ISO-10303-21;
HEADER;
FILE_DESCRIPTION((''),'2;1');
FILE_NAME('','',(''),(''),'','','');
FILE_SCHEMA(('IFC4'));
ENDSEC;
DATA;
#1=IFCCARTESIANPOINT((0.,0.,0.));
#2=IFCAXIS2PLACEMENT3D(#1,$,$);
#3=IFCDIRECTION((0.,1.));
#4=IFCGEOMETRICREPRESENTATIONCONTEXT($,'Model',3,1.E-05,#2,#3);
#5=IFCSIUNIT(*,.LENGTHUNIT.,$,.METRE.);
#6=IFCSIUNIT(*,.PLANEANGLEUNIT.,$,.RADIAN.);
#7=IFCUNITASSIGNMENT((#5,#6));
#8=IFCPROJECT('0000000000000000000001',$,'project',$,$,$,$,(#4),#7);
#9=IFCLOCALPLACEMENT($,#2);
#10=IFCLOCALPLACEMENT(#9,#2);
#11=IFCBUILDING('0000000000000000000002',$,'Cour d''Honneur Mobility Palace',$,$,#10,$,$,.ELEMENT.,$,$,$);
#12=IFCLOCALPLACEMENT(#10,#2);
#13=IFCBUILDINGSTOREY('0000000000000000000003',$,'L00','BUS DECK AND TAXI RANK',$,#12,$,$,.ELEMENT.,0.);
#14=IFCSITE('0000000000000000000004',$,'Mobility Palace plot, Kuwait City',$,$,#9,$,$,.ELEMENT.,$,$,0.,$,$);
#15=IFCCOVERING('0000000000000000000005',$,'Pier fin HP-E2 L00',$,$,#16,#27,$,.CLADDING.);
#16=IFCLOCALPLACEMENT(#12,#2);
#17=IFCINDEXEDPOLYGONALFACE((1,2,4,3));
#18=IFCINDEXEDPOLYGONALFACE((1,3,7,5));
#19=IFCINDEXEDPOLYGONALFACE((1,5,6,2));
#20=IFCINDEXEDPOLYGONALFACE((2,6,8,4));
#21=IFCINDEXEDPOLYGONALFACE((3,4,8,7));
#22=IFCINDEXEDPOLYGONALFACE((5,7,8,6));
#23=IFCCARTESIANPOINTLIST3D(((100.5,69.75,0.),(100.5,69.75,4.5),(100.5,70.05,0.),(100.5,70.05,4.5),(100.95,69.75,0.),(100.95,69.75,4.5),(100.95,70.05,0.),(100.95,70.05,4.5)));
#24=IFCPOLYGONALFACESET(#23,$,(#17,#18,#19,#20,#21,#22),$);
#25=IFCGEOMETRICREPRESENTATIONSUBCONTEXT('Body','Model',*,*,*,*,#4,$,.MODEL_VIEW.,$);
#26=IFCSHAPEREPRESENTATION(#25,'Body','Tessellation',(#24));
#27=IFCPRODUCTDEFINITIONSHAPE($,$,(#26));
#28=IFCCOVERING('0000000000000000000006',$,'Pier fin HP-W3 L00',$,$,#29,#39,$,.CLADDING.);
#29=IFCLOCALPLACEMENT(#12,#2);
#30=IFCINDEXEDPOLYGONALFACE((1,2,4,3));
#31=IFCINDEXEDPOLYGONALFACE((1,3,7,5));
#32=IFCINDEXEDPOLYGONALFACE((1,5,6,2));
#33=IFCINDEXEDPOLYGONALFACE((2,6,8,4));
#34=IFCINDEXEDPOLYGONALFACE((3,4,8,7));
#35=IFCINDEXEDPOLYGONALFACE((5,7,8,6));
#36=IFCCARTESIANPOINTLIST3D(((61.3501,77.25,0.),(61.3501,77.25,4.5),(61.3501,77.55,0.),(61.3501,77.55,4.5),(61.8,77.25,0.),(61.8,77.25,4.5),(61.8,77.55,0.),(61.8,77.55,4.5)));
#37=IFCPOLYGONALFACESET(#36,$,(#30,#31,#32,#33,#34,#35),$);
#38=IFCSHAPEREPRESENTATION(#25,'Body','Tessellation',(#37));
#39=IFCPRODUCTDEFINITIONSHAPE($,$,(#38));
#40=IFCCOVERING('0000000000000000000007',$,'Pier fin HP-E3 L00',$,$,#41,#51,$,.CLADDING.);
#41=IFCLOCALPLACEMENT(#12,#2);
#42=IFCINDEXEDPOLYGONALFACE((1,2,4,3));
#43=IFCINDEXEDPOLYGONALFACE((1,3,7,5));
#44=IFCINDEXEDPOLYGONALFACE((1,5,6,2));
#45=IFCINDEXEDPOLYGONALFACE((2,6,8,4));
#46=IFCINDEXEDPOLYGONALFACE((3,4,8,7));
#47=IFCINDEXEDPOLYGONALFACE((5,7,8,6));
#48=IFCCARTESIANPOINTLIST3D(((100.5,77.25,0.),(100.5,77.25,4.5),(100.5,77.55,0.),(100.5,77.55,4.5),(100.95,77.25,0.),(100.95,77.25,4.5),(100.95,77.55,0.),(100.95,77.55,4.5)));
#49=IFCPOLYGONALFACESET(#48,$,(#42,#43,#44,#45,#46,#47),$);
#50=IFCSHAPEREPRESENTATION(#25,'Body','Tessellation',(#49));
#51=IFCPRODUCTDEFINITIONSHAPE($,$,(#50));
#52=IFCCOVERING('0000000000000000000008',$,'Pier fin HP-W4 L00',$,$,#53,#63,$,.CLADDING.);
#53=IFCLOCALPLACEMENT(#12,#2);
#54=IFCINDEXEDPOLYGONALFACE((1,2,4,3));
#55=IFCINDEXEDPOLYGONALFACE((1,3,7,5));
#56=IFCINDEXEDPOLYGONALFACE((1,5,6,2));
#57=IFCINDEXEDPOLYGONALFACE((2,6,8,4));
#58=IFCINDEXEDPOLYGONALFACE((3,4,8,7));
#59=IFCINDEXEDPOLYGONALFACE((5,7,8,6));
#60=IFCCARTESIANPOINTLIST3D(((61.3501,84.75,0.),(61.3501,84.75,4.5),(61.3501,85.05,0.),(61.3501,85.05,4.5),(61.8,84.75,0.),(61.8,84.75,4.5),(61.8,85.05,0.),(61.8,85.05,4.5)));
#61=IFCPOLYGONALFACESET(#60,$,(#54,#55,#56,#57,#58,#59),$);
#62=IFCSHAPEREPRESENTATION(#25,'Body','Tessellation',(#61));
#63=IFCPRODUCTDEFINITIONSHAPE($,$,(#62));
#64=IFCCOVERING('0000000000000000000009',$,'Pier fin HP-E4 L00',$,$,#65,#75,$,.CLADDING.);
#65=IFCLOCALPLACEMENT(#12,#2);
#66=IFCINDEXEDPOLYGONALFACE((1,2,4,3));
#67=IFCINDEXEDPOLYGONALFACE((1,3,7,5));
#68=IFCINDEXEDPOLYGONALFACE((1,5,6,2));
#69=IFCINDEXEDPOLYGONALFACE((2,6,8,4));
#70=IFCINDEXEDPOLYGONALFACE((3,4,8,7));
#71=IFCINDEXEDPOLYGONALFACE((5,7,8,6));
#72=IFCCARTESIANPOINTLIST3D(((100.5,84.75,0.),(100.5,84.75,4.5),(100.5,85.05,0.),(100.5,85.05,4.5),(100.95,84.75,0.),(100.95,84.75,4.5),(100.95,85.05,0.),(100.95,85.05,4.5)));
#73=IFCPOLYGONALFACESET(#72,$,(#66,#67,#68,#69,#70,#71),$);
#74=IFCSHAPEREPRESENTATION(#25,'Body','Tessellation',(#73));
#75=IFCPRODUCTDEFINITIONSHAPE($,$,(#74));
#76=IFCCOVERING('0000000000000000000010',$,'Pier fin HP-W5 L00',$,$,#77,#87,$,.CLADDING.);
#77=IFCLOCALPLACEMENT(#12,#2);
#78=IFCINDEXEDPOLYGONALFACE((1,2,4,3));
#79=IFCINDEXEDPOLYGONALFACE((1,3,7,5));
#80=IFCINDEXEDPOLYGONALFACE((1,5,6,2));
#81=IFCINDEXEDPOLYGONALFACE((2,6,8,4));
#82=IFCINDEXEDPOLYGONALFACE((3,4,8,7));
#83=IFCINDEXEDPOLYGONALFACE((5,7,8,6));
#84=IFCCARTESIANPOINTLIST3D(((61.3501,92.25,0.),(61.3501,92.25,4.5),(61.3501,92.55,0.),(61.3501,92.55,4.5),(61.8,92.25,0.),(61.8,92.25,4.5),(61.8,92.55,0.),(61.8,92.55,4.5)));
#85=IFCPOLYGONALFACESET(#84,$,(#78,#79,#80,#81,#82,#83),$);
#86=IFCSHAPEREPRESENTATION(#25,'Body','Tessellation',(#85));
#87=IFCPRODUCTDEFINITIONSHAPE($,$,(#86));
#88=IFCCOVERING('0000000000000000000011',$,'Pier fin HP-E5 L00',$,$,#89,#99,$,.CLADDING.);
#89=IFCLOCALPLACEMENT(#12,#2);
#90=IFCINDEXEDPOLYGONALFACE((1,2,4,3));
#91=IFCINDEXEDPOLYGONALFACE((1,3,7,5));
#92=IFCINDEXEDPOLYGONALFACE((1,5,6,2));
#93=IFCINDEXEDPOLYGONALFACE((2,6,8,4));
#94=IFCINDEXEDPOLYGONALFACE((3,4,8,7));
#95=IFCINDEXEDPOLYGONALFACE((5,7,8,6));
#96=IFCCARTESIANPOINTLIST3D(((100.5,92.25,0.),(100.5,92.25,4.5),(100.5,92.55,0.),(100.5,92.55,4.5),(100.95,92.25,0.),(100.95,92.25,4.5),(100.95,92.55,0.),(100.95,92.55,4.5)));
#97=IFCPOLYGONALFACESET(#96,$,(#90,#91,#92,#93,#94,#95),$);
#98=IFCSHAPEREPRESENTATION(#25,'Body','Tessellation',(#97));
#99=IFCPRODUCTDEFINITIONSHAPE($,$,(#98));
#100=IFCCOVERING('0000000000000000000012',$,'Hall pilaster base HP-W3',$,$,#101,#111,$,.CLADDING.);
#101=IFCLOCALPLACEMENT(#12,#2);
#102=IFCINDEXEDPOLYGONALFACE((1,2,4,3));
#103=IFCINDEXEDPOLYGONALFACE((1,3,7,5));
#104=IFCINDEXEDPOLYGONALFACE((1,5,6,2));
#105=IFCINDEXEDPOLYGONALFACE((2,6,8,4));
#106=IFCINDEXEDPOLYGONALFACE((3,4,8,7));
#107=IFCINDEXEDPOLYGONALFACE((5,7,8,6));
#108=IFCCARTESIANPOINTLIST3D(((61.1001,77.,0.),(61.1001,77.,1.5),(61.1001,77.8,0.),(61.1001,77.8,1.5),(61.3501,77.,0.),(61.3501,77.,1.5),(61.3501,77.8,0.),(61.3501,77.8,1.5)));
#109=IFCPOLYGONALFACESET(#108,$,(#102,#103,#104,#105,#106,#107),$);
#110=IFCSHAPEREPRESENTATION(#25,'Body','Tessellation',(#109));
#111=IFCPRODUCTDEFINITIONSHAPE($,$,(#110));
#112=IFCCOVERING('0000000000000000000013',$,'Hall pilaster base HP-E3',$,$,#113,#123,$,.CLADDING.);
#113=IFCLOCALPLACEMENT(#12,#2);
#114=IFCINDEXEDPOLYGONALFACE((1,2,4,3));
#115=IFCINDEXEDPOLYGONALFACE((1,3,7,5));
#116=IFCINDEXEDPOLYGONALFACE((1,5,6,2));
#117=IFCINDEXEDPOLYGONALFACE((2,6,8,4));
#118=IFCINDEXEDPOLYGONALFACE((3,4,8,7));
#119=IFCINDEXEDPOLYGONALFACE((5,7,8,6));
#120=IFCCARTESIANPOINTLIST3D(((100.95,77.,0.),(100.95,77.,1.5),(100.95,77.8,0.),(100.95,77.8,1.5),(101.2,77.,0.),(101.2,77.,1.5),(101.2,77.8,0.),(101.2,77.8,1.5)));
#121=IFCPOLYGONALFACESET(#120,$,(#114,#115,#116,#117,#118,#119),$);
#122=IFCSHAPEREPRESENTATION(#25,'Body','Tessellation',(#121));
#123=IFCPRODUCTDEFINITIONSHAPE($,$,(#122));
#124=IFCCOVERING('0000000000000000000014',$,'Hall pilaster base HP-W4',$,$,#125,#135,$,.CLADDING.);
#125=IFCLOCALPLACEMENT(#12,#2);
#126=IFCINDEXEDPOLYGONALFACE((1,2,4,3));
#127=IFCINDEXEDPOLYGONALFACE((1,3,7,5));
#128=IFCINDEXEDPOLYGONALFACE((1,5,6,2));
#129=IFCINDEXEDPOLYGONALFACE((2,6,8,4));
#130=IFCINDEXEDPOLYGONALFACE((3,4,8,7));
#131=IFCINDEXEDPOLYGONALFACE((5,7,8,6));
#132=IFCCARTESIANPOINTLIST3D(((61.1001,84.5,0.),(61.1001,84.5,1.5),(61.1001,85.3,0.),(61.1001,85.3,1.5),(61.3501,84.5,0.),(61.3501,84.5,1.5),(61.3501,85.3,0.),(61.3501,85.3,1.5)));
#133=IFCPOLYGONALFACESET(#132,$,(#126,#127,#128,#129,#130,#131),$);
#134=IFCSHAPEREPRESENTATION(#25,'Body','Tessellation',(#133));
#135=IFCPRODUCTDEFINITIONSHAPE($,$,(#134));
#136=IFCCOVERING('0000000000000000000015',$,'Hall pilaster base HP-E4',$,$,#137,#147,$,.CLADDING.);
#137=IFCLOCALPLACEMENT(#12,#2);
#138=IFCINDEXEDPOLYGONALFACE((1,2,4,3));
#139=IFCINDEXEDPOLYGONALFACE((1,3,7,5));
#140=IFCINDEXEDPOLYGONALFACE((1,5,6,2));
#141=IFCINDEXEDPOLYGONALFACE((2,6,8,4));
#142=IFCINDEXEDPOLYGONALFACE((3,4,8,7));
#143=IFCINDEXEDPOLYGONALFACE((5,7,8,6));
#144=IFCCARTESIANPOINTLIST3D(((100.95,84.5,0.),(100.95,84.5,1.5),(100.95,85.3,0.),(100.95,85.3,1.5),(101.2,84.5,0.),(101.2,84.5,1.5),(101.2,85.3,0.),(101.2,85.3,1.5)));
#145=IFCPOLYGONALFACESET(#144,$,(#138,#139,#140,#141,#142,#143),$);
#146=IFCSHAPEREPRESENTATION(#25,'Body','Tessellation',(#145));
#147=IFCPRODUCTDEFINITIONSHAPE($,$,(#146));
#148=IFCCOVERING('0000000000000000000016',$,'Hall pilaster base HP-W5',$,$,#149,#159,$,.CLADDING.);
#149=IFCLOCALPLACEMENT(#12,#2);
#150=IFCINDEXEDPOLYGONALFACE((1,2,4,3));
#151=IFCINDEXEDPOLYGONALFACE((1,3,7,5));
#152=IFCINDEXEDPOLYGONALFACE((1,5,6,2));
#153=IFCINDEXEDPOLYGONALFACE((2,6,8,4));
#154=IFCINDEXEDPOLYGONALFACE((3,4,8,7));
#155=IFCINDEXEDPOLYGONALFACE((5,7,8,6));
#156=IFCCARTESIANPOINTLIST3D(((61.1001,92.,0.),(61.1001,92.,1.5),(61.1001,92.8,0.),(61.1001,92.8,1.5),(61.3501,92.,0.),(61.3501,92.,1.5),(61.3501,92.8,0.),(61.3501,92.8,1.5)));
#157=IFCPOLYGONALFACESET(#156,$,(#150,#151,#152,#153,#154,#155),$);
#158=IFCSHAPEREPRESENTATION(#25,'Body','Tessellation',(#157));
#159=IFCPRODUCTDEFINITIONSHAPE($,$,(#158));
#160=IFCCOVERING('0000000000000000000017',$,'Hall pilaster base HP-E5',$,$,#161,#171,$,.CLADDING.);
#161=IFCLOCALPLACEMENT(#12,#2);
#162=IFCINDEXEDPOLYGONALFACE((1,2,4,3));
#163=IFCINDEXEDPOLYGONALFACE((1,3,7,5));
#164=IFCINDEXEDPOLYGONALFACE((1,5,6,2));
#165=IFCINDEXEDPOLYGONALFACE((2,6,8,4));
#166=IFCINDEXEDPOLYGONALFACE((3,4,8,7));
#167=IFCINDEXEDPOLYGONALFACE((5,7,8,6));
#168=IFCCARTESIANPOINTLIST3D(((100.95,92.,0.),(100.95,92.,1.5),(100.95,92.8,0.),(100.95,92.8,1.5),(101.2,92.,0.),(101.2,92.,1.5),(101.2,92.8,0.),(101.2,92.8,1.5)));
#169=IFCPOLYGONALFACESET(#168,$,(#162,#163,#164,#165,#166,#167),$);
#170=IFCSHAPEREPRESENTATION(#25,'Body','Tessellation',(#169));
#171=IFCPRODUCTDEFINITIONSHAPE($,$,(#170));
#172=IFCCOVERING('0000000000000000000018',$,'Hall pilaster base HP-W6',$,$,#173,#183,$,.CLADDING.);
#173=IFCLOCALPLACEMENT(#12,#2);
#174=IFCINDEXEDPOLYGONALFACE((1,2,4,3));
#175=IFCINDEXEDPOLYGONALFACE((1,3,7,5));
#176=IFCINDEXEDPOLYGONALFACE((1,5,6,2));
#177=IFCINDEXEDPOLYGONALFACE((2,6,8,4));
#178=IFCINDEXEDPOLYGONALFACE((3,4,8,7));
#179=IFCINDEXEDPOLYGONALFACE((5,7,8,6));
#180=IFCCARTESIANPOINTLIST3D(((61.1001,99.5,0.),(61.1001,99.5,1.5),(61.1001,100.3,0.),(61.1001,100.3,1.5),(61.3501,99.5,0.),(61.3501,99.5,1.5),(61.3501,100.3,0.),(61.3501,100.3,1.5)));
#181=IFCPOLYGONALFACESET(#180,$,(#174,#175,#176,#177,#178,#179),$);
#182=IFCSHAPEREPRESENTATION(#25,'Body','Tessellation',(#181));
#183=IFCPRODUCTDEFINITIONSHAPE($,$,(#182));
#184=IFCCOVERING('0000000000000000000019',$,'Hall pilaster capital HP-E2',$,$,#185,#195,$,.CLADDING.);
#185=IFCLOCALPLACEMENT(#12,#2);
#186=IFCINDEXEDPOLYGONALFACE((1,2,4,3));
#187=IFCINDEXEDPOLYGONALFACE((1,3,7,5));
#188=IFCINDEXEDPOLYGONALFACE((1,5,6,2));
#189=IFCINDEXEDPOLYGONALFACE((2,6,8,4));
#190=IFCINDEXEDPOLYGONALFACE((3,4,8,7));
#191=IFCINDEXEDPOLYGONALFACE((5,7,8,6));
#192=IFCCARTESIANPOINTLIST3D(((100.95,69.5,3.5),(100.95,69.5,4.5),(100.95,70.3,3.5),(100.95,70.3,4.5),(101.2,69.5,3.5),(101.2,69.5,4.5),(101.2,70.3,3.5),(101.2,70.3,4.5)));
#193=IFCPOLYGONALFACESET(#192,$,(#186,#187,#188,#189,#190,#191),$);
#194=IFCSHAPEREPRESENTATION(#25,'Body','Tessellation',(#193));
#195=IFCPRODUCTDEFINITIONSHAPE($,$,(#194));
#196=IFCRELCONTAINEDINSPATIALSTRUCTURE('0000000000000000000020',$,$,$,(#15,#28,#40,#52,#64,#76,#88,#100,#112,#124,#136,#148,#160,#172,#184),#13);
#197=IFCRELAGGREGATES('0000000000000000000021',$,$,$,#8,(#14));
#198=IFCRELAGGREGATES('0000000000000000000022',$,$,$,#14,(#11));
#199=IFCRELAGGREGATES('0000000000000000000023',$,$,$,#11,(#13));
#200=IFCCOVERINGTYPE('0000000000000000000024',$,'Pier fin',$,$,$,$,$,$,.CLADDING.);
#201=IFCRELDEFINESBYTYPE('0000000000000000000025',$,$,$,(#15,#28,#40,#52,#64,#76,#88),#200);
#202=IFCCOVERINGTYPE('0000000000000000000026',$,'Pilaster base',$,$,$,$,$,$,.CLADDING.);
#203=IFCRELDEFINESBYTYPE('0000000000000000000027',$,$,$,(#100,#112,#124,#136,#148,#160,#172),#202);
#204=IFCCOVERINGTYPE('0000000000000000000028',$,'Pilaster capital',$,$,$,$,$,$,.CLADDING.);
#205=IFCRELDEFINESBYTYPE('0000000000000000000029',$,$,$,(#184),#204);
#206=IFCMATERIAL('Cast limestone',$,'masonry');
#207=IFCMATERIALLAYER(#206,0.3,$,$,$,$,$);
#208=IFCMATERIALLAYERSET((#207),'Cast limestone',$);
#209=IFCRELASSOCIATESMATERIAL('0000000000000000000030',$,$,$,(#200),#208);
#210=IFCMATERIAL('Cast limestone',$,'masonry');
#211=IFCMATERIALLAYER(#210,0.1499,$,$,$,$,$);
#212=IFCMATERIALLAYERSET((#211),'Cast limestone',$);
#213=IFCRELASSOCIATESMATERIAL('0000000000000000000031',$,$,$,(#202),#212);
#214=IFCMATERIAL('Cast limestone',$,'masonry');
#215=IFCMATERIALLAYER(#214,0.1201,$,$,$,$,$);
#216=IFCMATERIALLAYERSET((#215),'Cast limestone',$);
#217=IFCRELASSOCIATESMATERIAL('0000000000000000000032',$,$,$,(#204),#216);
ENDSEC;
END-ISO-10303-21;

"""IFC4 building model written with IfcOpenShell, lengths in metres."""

from ifc_helpers import new_model, si_unit, direction, frame, origin, place, context, subcontext, project, spatial, polyline, outline, extrude, material, layer, layer_set, type_object, element, save


model = new_model("IFC4")

# Units and contexts
model_context = context("Model", 3, precision=1e-05, world=origin(), true_north=direction((0.0, 1.0)))
body_context = subcontext(model_context, "Body", "Model", "MODEL_VIEW")
ifc_project = project(units=[si_unit("LENGTHUNIT", "METRE"), si_unit("PLANEANGLEUNIT", "RADIAN")], contexts=[model_context])

# Site, building, storey
site_placement = place(None, origin())
site = spatial("IfcSite", under=ifc_project, at=site_placement, Name="Mobility Palace plot, Kuwait City", CompositionType="ELEMENT", RefElevation=0.0)
building_placement = place(site_placement, origin())
building = spatial("IfcBuilding", under=site, at=building_placement, Name="Cour d'Honneur Mobility Palace", CompositionType="ELEMENT")
storey_placement = place(building_placement, origin())
storey = spatial("IfcBuildingStorey", under=building, at=storey_placement, Name="L00", Description="BUS DECK AND TAXI RANK", CompositionType="ELEMENT", Elevation=0.0)

# Coverings
ifc_material_1 = material(Name="Cast limestone", Category="masonry")
ifc_layer_1 = layer(ifc_material_1, 0.3)
ifc_layer_set_1 = layer_set([ifc_layer_1], Name="Cast limestone")
covering_type_1 = type_object("IfcCoveringType", Name="Pier fin", PredefinedType="CLADDING", material=ifc_layer_set_1)
covering_1_placement = place(storey_placement, origin())
element("IfcCovering", 1, at=covering_1_placement, inside=storey, type_object=covering_type_1, Name="Pier fin HP-E2 L00", PredefinedType="CLADDING", context=body_context, shape_type="SweptSolid", body=[
    extrude(outline(polyline([(100.5, 69.75), (100.95, 69.75), (100.95, 70.05), (100.5, 70.05), (100.5, 69.75)])), origin(), (0.0, 0.0, 1.0), 4.5),
])
covering_2_placement = place(storey_placement, origin())
element("IfcCovering", 2, at=covering_2_placement, inside=storey, type_object=covering_type_1, Name="Pier fin HP-W3 L00", PredefinedType="CLADDING", context=body_context, shape_type="SweptSolid", body=[
    extrude(outline(polyline([(61.3501, 77.25), (61.8, 77.25), (61.8, 77.55), (61.3501, 77.55), (61.3501, 77.25)])), origin(), (0.0, 0.0, 1.0), 4.5),
])
covering_3_placement = place(storey_placement, origin())
element("IfcCovering", 3, at=covering_3_placement, inside=storey, type_object=covering_type_1, Name="Pier fin HP-E3 L00", PredefinedType="CLADDING", context=body_context, shape_type="SweptSolid", body=[
    extrude(outline(polyline([(100.5, 77.25), (100.95, 77.25), (100.95, 77.55), (100.5, 77.55), (100.5, 77.25)])), origin(), (0.0, 0.0, 1.0), 4.5),
])
covering_4_placement = place(storey_placement, origin())
element("IfcCovering", 4, at=covering_4_placement, inside=storey, type_object=covering_type_1, Name="Pier fin HP-W4 L00", PredefinedType="CLADDING", context=body_context, shape_type="SweptSolid", body=[
    extrude(outline(polyline([(61.3501, 84.75), (61.8, 84.75), (61.8, 85.05), (61.3501, 85.05), (61.3501, 84.75)])), origin(), (0.0, 0.0, 1.0), 4.5),
])
covering_5_placement = place(storey_placement, origin())
element("IfcCovering", 5, at=covering_5_placement, inside=storey, type_object=covering_type_1, Name="Pier fin HP-E4 L00", PredefinedType="CLADDING", context=body_context, shape_type="SweptSolid", body=[
    extrude(outline(polyline([(100.5, 84.75), (100.95, 84.75), (100.95, 85.05), (100.5, 85.05), (100.5, 84.75)])), origin(), (0.0, 0.0, 1.0), 4.5),
])
covering_6_placement = place(storey_placement, origin())
element("IfcCovering", 6, at=covering_6_placement, inside=storey, type_object=covering_type_1, Name="Pier fin HP-W5 L00", PredefinedType="CLADDING", context=body_context, shape_type="SweptSolid", body=[
    extrude(outline(polyline([(61.3501, 92.25), (61.8, 92.25), (61.8, 92.55), (61.3501, 92.55), (61.3501, 92.25)])), origin(), (0.0, 0.0, 1.0), 4.5),
])
covering_7_placement = place(storey_placement, origin())
element("IfcCovering", 7, at=covering_7_placement, inside=storey, type_object=covering_type_1, Name="Pier fin HP-E5 L00", PredefinedType="CLADDING", context=body_context, shape_type="SweptSolid", body=[
    extrude(outline(polyline([(100.5, 92.25), (100.95, 92.25), (100.95, 92.55), (100.5, 92.55), (100.5, 92.25)])), origin(), (0.0, 0.0, 1.0), 4.5),
])
ifc_material_2 = material(Name="Cast limestone", Category="masonry")
ifc_layer_2 = layer(ifc_material_2, 0.1499)
ifc_layer_set_2 = layer_set([ifc_layer_2], Name="Cast limestone")
covering_type_2 = type_object("IfcCoveringType", Name="Pilaster base", PredefinedType="CLADDING", material=ifc_layer_set_2)
covering_8_placement = place(storey_placement, origin())
element("IfcCovering", 8, at=covering_8_placement, inside=storey, type_object=covering_type_2, Name="Hall pilaster base HP-W3", PredefinedType="CLADDING", context=body_context, shape_type="SweptSolid", body=[
    extrude(outline(polyline([(61.1001, 77.0), (61.3501, 77.0), (61.3501, 77.8), (61.1001, 77.8), (61.1001, 77.0)])), origin(), (0.0, 0.0, 1.0), 1.5),
])
covering_9_placement = place(storey_placement, origin())
element("IfcCovering", 9, at=covering_9_placement, inside=storey, type_object=covering_type_2, Name="Hall pilaster base HP-E3", PredefinedType="CLADDING", context=body_context, shape_type="SweptSolid", body=[
    extrude(outline(polyline([(100.95, 77.0), (101.2, 77.0), (101.2, 77.8), (100.95, 77.8), (100.95, 77.0)])), origin(), (0.0, 0.0, 1.0), 1.5),
])
covering_10_placement = place(storey_placement, origin())
element("IfcCovering", 10, at=covering_10_placement, inside=storey, type_object=covering_type_2, Name="Hall pilaster base HP-W4", PredefinedType="CLADDING", context=body_context, shape_type="SweptSolid", body=[
    extrude(outline(polyline([(61.1001, 84.5), (61.3501, 84.5), (61.3501, 85.3), (61.1001, 85.3), (61.1001, 84.5)])), origin(), (0.0, 0.0, 1.0), 1.5),
])
covering_11_placement = place(storey_placement, origin())
element("IfcCovering", 11, at=covering_11_placement, inside=storey, type_object=covering_type_2, Name="Hall pilaster base HP-E4", PredefinedType="CLADDING", context=body_context, shape_type="SweptSolid", body=[
    extrude(outline(polyline([(100.95, 84.5), (101.2, 84.5), (101.2, 85.3), (100.95, 85.3), (100.95, 84.5)])), origin(), (0.0, 0.0, 1.0), 1.5),
])
covering_12_placement = place(storey_placement, origin())
element("IfcCovering", 12, at=covering_12_placement, inside=storey, type_object=covering_type_2, Name="Hall pilaster base HP-W5", PredefinedType="CLADDING", context=body_context, shape_type="SweptSolid", body=[
    extrude(outline(polyline([(61.1001, 92.0), (61.3501, 92.0), (61.3501, 92.8), (61.1001, 92.8), (61.1001, 92.0)])), origin(), (0.0, 0.0, 1.0), 1.5),
])
covering_13_placement = place(storey_placement, origin())
element("IfcCovering", 13, at=covering_13_placement, inside=storey, type_object=covering_type_2, Name="Hall pilaster base HP-E5", PredefinedType="CLADDING", context=body_context, shape_type="SweptSolid", body=[
    extrude(outline(polyline([(100.95, 92.0), (101.2, 92.0), (101.2, 92.8), (100.95, 92.8), (100.95, 92.0)])), origin(), (0.0, 0.0, 1.0), 1.5),
])
covering_14_placement = place(storey_placement, origin())
element("IfcCovering", 14, at=covering_14_placement, inside=storey, type_object=covering_type_2, Name="Hall pilaster base HP-W6", PredefinedType="CLADDING", context=body_context, shape_type="SweptSolid", body=[
    extrude(outline(polyline([(61.1001, 99.5), (61.3501, 99.5), (61.3501, 100.3), (61.1001, 100.3), (61.1001, 99.5)])), origin(), (0.0, 0.0, 1.0), 1.5),
])
ifc_material_3 = material(Name="Cast limestone", Category="masonry")
ifc_layer_3 = layer(ifc_material_3, 0.1201)
ifc_layer_set_3 = layer_set([ifc_layer_3], Name="Cast limestone")
covering_type_3 = type_object("IfcCoveringType", Name="Pilaster capital", PredefinedType="CLADDING", material=ifc_layer_set_3)
covering_15_placement = place(storey_placement, frame((0.0, 0.0, 3.5)))
element("IfcCovering", 15, at=covering_15_placement, inside=storey, type_object=covering_type_3, Name="Hall pilaster capital HP-E2", PredefinedType="CLADDING", context=body_context, shape_type="SweptSolid", body=[
    extrude(outline(polyline([(100.95, 69.5), (101.2, 69.5), (101.2, 70.3), (100.95, 70.3), (100.95, 69.5)])), origin(), (0.0, 0.0, 1.0), 1.0),
])

save(model, "model.ifc")
